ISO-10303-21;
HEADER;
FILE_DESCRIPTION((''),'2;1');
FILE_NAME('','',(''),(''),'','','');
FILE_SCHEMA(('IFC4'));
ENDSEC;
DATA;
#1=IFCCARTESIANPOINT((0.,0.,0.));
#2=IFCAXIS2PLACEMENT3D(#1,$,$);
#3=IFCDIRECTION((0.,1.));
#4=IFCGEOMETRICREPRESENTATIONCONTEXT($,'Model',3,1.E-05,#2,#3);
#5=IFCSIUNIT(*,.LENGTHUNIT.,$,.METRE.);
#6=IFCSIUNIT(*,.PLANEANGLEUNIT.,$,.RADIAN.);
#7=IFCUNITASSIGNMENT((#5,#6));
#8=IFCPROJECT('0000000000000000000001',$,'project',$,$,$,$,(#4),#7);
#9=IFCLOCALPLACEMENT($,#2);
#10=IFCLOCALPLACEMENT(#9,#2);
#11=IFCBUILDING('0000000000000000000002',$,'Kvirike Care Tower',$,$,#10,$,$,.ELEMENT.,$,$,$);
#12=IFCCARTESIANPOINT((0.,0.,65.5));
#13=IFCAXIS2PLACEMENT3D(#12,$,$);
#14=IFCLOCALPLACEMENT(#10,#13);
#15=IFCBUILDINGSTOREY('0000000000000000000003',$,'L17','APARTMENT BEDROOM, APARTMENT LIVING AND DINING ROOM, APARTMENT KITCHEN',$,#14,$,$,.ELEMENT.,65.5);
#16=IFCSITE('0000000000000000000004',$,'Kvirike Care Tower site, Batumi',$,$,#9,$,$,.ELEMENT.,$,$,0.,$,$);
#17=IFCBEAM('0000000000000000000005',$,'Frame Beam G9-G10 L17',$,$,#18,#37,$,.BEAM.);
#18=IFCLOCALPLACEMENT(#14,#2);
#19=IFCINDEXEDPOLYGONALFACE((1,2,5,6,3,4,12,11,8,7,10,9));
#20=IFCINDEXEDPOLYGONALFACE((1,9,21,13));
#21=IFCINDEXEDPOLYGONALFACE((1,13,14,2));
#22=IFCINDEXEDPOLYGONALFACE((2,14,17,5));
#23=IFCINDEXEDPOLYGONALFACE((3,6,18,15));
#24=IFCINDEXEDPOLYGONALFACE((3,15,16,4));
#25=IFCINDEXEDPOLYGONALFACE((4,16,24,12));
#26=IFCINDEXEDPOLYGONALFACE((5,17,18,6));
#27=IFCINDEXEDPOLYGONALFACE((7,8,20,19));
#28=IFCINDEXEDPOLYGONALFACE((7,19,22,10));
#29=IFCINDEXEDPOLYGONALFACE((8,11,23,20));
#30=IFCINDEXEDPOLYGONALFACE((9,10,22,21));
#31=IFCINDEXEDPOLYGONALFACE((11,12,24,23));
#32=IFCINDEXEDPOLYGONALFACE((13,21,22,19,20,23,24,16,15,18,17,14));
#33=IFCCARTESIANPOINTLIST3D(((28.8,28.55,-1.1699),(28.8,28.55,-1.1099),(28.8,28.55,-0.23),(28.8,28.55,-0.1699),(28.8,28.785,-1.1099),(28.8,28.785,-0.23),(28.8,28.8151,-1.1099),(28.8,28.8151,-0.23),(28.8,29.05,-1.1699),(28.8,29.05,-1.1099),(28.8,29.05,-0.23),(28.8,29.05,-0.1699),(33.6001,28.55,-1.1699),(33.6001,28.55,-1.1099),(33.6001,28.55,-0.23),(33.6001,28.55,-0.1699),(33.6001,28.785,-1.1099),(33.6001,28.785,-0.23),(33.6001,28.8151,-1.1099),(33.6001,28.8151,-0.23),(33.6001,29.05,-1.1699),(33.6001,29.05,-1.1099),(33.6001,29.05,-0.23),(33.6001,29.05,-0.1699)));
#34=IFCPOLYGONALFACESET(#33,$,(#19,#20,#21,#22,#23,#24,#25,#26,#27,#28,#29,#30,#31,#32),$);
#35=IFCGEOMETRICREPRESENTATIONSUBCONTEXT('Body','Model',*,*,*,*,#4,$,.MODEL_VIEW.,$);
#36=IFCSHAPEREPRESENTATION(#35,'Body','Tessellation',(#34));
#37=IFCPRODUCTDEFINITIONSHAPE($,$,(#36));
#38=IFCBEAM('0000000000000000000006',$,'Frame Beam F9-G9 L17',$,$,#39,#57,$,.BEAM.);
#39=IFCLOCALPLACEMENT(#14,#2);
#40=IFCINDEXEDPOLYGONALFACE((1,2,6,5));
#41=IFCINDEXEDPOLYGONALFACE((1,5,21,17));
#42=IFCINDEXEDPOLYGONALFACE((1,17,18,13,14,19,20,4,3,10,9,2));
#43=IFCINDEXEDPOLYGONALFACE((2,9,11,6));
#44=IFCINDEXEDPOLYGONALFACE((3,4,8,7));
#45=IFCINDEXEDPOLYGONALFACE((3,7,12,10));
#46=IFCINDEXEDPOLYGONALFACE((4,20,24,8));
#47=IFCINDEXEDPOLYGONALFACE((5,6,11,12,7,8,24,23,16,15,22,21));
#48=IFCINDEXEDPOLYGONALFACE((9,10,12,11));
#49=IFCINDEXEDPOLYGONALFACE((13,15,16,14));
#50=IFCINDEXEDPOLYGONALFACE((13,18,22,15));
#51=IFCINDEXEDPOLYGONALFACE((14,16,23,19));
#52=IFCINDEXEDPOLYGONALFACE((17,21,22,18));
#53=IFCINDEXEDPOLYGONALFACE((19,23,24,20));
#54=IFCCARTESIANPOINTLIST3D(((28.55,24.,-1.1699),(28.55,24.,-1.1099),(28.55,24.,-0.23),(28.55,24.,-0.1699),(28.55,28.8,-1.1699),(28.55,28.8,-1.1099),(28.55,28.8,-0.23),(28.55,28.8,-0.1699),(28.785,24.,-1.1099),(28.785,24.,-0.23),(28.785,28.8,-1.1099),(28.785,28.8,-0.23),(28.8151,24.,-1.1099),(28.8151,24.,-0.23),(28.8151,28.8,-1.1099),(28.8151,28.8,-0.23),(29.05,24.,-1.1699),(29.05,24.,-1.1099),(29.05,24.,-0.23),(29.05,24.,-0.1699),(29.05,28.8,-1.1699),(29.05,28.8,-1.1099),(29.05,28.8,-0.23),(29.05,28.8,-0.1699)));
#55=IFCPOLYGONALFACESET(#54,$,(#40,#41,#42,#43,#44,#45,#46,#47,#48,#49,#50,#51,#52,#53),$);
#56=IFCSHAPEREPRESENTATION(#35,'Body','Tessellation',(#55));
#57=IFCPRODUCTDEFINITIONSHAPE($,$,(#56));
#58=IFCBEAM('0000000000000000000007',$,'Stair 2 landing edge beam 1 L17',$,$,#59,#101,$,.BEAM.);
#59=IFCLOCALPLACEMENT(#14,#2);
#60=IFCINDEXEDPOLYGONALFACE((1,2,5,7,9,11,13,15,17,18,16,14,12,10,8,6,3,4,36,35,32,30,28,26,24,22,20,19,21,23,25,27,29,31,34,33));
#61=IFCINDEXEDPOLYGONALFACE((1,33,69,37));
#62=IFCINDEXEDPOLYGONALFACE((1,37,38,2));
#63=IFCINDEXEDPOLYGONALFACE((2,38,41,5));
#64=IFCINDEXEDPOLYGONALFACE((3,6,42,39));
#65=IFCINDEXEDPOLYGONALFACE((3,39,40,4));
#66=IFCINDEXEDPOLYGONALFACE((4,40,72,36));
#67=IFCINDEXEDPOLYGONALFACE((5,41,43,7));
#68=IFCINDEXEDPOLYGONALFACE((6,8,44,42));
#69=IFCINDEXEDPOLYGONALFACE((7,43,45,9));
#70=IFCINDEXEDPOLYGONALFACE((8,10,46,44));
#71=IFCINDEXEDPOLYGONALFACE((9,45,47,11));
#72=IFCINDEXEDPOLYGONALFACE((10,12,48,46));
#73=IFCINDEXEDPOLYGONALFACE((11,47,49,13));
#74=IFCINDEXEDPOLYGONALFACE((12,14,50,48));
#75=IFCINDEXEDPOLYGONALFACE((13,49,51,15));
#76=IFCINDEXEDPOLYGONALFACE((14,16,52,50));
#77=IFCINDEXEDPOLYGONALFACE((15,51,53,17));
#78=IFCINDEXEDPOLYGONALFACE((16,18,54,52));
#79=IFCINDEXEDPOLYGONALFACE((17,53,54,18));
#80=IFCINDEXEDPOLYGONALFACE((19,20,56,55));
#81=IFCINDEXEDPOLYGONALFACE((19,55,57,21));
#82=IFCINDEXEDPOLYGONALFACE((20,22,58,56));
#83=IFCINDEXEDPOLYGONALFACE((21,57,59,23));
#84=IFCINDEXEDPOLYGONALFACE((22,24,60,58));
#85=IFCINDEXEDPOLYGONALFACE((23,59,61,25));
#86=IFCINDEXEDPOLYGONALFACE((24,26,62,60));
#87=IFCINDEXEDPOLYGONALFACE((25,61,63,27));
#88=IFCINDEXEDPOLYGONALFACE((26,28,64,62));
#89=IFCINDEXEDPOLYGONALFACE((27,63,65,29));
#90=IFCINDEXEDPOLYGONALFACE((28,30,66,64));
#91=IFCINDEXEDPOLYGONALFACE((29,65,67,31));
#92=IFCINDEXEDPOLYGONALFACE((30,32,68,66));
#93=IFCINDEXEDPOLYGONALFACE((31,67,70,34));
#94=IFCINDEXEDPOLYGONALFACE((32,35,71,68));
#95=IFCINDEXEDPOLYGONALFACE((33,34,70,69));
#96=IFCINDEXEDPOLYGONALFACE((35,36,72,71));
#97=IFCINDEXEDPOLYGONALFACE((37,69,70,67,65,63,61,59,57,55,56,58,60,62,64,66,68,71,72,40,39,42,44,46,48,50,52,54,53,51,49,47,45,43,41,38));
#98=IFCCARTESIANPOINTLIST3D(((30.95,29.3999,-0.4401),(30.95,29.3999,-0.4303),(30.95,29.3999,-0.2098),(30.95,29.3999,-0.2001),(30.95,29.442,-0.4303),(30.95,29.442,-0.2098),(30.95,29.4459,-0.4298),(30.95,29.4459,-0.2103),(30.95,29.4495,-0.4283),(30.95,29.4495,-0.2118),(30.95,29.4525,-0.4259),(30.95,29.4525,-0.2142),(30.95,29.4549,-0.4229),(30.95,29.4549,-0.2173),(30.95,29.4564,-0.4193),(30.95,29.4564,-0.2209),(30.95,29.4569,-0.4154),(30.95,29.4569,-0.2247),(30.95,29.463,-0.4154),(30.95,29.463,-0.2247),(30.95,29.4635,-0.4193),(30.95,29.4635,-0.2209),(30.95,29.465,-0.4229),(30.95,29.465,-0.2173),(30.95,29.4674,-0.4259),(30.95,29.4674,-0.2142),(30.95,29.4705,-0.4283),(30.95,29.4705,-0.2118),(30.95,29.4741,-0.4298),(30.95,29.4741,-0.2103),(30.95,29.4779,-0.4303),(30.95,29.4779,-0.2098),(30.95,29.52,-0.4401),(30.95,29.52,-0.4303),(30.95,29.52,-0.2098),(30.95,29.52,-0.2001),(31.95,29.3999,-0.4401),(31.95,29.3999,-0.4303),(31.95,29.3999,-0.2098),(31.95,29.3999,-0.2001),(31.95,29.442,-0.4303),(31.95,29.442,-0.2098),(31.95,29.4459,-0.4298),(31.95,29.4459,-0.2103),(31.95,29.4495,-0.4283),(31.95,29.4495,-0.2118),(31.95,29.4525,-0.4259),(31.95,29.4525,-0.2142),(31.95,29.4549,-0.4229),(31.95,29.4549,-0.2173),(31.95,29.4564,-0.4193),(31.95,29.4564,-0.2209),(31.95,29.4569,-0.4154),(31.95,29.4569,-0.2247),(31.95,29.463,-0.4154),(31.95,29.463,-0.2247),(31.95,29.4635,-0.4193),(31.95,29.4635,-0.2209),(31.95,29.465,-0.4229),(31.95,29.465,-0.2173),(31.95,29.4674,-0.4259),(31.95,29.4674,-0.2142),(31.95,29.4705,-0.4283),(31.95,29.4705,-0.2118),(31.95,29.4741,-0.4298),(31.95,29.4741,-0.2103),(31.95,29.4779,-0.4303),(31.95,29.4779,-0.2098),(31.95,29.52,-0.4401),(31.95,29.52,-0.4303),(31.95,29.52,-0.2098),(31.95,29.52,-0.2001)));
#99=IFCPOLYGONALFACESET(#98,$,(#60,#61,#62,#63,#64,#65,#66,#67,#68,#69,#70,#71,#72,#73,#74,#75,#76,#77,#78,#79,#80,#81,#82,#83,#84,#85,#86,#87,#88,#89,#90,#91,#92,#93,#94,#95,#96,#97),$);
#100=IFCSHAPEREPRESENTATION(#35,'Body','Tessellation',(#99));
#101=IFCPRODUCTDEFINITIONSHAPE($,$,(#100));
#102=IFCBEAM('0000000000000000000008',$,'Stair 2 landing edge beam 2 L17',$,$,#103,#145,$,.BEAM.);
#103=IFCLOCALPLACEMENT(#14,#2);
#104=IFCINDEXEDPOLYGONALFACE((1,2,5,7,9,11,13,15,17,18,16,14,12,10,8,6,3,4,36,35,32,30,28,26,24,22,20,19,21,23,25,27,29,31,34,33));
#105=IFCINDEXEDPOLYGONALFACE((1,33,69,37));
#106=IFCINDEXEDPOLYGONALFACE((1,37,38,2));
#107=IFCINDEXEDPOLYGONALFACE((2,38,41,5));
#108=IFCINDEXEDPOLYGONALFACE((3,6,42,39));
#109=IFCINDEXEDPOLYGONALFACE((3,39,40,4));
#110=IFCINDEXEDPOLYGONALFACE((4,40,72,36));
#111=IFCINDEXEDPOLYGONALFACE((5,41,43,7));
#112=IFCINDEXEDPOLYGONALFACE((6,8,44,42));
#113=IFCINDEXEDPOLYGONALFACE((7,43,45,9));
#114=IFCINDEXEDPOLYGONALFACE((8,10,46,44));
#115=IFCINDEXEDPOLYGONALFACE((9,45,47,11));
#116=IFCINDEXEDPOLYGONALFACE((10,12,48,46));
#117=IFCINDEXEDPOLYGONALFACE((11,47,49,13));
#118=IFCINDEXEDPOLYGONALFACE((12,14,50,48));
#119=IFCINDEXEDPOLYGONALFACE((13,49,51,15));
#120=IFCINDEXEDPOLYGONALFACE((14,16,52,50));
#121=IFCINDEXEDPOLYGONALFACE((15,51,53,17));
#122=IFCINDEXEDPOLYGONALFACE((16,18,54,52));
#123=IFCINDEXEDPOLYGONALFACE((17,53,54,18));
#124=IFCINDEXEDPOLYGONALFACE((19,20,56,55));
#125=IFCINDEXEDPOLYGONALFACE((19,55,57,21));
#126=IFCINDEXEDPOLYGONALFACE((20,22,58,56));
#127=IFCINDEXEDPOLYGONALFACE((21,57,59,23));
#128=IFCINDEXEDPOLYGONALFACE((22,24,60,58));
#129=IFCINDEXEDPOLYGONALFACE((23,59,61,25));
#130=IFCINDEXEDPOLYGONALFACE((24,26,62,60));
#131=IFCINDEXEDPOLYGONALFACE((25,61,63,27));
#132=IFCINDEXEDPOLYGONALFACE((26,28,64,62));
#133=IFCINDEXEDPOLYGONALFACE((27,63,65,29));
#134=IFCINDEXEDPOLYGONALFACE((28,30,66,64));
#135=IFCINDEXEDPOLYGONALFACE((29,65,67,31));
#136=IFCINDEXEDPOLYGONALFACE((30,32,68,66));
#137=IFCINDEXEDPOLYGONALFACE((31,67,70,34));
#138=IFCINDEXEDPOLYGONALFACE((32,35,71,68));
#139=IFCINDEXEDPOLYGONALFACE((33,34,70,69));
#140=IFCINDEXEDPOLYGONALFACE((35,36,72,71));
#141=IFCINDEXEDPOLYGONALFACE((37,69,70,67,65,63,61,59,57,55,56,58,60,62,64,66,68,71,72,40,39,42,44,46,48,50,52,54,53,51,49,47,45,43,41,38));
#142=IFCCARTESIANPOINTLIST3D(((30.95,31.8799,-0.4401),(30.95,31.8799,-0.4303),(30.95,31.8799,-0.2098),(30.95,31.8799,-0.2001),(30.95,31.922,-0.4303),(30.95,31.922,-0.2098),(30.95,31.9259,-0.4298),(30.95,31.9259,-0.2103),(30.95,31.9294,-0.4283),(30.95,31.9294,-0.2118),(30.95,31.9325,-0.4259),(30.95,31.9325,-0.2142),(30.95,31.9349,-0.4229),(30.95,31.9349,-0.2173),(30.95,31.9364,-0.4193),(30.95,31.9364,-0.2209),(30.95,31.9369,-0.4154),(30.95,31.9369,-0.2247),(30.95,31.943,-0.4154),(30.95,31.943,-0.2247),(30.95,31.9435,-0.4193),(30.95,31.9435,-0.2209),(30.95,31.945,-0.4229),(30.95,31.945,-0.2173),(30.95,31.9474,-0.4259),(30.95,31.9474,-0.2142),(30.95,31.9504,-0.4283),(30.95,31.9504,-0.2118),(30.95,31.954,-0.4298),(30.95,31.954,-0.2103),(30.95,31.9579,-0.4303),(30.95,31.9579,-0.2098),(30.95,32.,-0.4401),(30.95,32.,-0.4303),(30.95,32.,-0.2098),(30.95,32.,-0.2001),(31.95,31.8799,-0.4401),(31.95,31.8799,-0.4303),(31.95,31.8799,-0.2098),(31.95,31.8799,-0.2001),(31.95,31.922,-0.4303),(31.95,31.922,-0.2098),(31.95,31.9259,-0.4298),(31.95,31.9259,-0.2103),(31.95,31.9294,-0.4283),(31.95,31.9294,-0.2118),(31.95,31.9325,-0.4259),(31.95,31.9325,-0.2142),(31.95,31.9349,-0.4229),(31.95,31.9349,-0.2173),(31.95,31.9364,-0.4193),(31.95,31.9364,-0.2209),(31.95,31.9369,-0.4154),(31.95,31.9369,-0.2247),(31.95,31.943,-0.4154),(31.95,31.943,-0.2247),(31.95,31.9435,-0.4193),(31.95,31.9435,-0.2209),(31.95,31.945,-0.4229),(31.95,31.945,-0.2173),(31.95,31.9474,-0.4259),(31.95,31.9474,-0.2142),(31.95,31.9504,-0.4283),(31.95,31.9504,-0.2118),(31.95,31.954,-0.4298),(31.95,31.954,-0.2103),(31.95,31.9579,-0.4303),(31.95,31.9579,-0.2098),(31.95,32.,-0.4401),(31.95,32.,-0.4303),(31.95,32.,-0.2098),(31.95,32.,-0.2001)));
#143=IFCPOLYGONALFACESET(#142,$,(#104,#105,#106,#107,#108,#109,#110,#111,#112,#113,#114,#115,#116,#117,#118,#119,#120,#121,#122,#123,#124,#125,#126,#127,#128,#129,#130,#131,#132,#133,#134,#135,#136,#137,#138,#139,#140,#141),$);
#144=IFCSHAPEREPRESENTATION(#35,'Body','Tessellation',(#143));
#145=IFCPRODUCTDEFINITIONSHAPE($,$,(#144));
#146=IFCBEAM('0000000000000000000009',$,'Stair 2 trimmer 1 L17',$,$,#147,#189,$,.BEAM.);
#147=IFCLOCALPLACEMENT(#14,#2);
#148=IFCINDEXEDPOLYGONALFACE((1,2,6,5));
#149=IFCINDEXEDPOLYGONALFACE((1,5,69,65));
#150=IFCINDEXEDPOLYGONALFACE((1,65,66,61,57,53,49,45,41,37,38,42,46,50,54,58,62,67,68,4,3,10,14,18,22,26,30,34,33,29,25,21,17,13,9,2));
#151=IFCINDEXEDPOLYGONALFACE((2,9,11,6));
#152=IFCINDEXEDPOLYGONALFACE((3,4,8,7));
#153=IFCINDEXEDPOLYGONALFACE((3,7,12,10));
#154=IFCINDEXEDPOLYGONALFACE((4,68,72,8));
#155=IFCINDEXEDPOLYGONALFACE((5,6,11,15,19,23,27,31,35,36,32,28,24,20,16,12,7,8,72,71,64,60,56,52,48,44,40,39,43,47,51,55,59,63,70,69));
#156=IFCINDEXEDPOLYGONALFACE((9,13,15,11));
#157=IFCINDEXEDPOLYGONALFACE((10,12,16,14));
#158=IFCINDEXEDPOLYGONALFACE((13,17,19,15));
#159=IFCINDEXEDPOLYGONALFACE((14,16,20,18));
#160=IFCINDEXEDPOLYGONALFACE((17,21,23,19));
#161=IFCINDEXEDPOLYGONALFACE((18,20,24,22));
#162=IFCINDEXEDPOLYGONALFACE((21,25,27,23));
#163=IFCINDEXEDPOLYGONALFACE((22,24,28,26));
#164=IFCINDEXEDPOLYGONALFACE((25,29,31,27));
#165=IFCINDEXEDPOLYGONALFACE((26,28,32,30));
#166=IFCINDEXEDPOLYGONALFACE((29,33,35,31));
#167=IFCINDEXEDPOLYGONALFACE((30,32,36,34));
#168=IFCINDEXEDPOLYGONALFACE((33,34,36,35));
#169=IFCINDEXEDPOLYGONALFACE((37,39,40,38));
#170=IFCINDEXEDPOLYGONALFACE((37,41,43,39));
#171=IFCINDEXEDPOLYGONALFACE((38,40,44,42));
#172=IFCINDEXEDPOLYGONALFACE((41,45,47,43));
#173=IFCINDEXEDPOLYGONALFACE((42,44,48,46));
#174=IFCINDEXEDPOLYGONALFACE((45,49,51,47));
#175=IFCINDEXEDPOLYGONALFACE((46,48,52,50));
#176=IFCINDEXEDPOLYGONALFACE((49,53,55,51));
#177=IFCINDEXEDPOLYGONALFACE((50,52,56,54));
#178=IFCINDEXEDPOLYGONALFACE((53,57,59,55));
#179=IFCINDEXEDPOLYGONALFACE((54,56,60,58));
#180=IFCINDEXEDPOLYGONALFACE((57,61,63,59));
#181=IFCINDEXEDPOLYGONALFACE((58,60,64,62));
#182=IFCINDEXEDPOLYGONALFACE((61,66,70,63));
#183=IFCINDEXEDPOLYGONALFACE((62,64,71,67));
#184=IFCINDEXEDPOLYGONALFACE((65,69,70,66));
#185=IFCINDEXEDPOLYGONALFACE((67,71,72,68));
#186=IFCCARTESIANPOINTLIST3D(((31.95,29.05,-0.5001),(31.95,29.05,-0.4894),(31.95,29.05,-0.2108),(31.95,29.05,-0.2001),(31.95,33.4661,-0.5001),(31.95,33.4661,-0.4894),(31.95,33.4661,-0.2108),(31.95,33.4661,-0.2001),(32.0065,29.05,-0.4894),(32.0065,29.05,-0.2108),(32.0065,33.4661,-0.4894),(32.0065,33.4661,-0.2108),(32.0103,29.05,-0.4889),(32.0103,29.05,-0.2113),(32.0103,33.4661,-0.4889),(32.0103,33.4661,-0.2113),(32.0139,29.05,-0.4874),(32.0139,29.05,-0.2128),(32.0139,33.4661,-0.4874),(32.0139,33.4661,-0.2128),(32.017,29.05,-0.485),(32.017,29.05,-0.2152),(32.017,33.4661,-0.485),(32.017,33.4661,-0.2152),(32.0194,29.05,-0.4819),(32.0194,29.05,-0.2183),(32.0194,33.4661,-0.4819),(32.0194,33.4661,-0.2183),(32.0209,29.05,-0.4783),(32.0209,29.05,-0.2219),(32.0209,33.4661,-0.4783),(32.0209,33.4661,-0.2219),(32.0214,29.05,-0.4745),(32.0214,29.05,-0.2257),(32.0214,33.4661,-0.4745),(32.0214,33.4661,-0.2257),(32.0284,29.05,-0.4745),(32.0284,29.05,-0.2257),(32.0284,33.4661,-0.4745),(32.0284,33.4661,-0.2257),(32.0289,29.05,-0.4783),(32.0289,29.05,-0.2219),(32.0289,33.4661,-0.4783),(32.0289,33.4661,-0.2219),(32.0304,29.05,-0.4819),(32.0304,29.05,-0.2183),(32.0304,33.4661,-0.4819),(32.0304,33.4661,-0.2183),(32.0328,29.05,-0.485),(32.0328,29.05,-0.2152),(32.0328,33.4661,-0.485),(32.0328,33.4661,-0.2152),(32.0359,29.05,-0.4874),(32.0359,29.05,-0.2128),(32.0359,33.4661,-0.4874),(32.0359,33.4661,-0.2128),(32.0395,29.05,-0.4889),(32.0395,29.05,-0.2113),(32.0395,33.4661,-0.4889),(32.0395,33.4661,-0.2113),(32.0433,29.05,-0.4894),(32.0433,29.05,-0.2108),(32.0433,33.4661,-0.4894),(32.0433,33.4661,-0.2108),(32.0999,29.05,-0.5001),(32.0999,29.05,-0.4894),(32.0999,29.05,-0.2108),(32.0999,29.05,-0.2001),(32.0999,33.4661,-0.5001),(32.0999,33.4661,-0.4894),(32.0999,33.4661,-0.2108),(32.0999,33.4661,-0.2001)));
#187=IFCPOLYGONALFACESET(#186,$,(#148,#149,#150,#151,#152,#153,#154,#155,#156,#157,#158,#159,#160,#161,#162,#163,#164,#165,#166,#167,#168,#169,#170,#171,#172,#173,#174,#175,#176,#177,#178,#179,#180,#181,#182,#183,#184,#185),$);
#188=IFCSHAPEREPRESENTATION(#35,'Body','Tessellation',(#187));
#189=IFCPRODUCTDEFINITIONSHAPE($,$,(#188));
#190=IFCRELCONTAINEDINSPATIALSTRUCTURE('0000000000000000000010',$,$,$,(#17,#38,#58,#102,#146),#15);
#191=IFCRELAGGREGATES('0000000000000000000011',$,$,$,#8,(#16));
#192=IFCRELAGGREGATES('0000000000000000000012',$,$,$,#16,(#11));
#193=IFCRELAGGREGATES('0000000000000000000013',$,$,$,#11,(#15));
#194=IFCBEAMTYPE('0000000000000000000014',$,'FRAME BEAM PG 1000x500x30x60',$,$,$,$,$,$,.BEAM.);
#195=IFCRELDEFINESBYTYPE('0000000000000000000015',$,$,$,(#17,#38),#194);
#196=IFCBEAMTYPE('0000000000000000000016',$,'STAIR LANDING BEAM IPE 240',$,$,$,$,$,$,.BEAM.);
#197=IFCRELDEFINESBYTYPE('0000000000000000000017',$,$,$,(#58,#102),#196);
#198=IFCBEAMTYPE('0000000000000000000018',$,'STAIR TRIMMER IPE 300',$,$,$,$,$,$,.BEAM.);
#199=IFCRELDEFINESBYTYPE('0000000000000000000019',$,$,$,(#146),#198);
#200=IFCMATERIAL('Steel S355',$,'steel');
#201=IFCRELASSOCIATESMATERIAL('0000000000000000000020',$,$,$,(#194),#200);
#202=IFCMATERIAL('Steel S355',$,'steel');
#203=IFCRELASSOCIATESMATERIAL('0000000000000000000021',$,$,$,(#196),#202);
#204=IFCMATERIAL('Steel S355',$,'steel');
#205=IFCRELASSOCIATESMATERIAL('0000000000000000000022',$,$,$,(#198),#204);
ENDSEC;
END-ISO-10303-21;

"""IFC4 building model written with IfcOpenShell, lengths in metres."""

from ifc_helpers import new_model, si_unit, direction, frame, origin, origin_2d, place, context, subcontext, project, spatial, i_section, extrude, material, material_profile, profile_set, type_object, element, save


model = new_model("IFC4")

# Units and contexts
model_context = context("Model", 3, precision=1e-05, world=origin(), true_north=direction((0.0, 1.0)))
body_context = subcontext(model_context, "Body", "Model", "MODEL_VIEW")
ifc_project = project(units=[si_unit("LENGTHUNIT", "METRE"), si_unit("PLANEANGLEUNIT", "RADIAN")], contexts=[model_context])

# Site, building, storey
site_placement = place(None, origin())
site = spatial("IfcSite", under=ifc_project, at=site_placement, Name="Kvirike Care Tower site, Batumi", CompositionType="ELEMENT", RefElevation=0.0)
building_placement = place(site_placement, origin())
building = spatial("IfcBuilding", under=site, at=building_placement, Name="Kvirike Care Tower", CompositionType="ELEMENT")
storey_placement = place(building_placement, frame((0.0, 0.0, 65.5)))
storey = spatial("IfcBuildingStorey", under=building, at=storey_placement, Name="L17", Description="APARTMENT BEDROOM, APARTMENT LIVING AND DINING ROOM, APARTMENT KITCHEN", CompositionType="ELEMENT", Elevation=65.5)

# Beams
ifc_material_1 = material(Name="Steel S355", Category="steel")
ifc_material_profile_1 = material_profile(ifc_material_1, i_section(OverallWidth=0.5, OverallDepth=1.0, WebThickness=0.03, FlangeThickness=0.0601, at=origin_2d()), Name="PG 1000x500x30x60")
ifc_profile_set_1 = profile_set([ifc_material_profile_1], Name="Steel S355")
beam_type_1 = type_object("IfcBeamType", Name="FRAME BEAM PG 1000x500x30x60", PredefinedType="BEAM", material=ifc_profile_set_1)
for number, where, z_axis, x_axis, name in (
    (1, (28.8, 28.8, -0.6699), (1.0, 0.0, 0.0), (0.0, 1.0, 0.0), "Frame Beam G9-G10 L17"),
    (2, (28.8, 24.0, -0.6699), (0.0, 1.0, 0.0), (-1.0, 0.0, 0.0), "Frame Beam F9-G9 L17"),
):
    element("IfcBeam", number, at=place(storey_placement, frame(where, z_axis=z_axis, x_axis=x_axis)), inside=storey, type_object=beam_type_1, Name=name, PredefinedType="BEAM", context=body_context, shape_type="SweptSolid", body=[
        extrude(i_section(OverallWidth=0.5, OverallDepth=1.0, WebThickness=0.03, FlangeThickness=0.0601, at=origin_2d()), origin(), (0.0, 0.0, 1.0), 4.8),
    ])
ifc_material_2 = material(Name="Steel S355", Category="steel")
ifc_material_profile_2 = material_profile(ifc_material_2, i_section(OverallWidth=0.1201, OverallDepth=0.24, WebThickness=0.0061, FlangeThickness=0.0098, FilletRadius=0.0149, at=origin_2d()), Name="IPE 240")
ifc_profile_set_2 = profile_set([ifc_material_profile_2], Name="Steel S355")
beam_type_2 = type_object("IfcBeamType", Name="STAIR LANDING BEAM IPE 240", PredefinedType="BEAM", material=ifc_profile_set_2)
for number, where, z_axis, x_axis, name in (
    (3, (31.95, 29.46, -0.3201), (-1.0, 0.0, 0.0), (0.0, -1.0, 0.0), "Stair 2 landing edge beam 1 L17"),
    (4, (31.95, 31.9399, -0.3201), (-1.0, 0.0, 0.0), (0.0, -1.0, 0.0), "Stair 2 landing edge beam 2 L17"),
):
    element("IfcBeam", number, at=place(storey_placement, frame(where, z_axis=z_axis, x_axis=x_axis)), inside=storey, type_object=beam_type_2, Name=name, PredefinedType="BEAM", context=body_context, shape_type="SweptSolid", body=[
        extrude(i_section(OverallWidth=0.1201, OverallDepth=0.24, WebThickness=0.0061, FlangeThickness=0.0098, FilletRadius=0.0149, at=origin_2d()), origin(), (0.0, 0.0, 1.0), 1.0),
    ])
ifc_material_3 = material(Name="Steel S355", Category="steel")
ifc_material_profile_3 = material_profile(ifc_material_3, i_section(OverallWidth=0.1499, OverallDepth=0.3, WebThickness=0.0071, FlangeThickness=0.0107, FilletRadius=0.0149, at=origin_2d()), Name="IPE 300")
ifc_profile_set_3 = profile_set([ifc_material_profile_3], Name="Steel S355")
beam_type_3 = type_object("IfcBeamType", Name="STAIR TRIMMER IPE 300", PredefinedType="BEAM", material=ifc_profile_set_3)
for number, where, z_axis, x_axis, name in (
    (5, (32.0249, 29.05, -0.3501), (0.0, 1.0, 0.0), (-1.0, 0.0, 0.0), "Stair 2 trimmer 1 L17"),
):
    element("IfcBeam", number, at=place(storey_placement, frame(where, z_axis=z_axis, x_axis=x_axis)), inside=storey, type_object=beam_type_3, Name=name, PredefinedType="BEAM", context=body_context, shape_type="SweptSolid", body=[
        extrude(i_section(OverallWidth=0.1499, OverallDepth=0.3, WebThickness=0.0071, FlangeThickness=0.0107, FilletRadius=0.0149, at=origin_2d()), origin(), (0.0, 0.0, 1.0), 4.416),
    ])

save(model, "model.ifc")
